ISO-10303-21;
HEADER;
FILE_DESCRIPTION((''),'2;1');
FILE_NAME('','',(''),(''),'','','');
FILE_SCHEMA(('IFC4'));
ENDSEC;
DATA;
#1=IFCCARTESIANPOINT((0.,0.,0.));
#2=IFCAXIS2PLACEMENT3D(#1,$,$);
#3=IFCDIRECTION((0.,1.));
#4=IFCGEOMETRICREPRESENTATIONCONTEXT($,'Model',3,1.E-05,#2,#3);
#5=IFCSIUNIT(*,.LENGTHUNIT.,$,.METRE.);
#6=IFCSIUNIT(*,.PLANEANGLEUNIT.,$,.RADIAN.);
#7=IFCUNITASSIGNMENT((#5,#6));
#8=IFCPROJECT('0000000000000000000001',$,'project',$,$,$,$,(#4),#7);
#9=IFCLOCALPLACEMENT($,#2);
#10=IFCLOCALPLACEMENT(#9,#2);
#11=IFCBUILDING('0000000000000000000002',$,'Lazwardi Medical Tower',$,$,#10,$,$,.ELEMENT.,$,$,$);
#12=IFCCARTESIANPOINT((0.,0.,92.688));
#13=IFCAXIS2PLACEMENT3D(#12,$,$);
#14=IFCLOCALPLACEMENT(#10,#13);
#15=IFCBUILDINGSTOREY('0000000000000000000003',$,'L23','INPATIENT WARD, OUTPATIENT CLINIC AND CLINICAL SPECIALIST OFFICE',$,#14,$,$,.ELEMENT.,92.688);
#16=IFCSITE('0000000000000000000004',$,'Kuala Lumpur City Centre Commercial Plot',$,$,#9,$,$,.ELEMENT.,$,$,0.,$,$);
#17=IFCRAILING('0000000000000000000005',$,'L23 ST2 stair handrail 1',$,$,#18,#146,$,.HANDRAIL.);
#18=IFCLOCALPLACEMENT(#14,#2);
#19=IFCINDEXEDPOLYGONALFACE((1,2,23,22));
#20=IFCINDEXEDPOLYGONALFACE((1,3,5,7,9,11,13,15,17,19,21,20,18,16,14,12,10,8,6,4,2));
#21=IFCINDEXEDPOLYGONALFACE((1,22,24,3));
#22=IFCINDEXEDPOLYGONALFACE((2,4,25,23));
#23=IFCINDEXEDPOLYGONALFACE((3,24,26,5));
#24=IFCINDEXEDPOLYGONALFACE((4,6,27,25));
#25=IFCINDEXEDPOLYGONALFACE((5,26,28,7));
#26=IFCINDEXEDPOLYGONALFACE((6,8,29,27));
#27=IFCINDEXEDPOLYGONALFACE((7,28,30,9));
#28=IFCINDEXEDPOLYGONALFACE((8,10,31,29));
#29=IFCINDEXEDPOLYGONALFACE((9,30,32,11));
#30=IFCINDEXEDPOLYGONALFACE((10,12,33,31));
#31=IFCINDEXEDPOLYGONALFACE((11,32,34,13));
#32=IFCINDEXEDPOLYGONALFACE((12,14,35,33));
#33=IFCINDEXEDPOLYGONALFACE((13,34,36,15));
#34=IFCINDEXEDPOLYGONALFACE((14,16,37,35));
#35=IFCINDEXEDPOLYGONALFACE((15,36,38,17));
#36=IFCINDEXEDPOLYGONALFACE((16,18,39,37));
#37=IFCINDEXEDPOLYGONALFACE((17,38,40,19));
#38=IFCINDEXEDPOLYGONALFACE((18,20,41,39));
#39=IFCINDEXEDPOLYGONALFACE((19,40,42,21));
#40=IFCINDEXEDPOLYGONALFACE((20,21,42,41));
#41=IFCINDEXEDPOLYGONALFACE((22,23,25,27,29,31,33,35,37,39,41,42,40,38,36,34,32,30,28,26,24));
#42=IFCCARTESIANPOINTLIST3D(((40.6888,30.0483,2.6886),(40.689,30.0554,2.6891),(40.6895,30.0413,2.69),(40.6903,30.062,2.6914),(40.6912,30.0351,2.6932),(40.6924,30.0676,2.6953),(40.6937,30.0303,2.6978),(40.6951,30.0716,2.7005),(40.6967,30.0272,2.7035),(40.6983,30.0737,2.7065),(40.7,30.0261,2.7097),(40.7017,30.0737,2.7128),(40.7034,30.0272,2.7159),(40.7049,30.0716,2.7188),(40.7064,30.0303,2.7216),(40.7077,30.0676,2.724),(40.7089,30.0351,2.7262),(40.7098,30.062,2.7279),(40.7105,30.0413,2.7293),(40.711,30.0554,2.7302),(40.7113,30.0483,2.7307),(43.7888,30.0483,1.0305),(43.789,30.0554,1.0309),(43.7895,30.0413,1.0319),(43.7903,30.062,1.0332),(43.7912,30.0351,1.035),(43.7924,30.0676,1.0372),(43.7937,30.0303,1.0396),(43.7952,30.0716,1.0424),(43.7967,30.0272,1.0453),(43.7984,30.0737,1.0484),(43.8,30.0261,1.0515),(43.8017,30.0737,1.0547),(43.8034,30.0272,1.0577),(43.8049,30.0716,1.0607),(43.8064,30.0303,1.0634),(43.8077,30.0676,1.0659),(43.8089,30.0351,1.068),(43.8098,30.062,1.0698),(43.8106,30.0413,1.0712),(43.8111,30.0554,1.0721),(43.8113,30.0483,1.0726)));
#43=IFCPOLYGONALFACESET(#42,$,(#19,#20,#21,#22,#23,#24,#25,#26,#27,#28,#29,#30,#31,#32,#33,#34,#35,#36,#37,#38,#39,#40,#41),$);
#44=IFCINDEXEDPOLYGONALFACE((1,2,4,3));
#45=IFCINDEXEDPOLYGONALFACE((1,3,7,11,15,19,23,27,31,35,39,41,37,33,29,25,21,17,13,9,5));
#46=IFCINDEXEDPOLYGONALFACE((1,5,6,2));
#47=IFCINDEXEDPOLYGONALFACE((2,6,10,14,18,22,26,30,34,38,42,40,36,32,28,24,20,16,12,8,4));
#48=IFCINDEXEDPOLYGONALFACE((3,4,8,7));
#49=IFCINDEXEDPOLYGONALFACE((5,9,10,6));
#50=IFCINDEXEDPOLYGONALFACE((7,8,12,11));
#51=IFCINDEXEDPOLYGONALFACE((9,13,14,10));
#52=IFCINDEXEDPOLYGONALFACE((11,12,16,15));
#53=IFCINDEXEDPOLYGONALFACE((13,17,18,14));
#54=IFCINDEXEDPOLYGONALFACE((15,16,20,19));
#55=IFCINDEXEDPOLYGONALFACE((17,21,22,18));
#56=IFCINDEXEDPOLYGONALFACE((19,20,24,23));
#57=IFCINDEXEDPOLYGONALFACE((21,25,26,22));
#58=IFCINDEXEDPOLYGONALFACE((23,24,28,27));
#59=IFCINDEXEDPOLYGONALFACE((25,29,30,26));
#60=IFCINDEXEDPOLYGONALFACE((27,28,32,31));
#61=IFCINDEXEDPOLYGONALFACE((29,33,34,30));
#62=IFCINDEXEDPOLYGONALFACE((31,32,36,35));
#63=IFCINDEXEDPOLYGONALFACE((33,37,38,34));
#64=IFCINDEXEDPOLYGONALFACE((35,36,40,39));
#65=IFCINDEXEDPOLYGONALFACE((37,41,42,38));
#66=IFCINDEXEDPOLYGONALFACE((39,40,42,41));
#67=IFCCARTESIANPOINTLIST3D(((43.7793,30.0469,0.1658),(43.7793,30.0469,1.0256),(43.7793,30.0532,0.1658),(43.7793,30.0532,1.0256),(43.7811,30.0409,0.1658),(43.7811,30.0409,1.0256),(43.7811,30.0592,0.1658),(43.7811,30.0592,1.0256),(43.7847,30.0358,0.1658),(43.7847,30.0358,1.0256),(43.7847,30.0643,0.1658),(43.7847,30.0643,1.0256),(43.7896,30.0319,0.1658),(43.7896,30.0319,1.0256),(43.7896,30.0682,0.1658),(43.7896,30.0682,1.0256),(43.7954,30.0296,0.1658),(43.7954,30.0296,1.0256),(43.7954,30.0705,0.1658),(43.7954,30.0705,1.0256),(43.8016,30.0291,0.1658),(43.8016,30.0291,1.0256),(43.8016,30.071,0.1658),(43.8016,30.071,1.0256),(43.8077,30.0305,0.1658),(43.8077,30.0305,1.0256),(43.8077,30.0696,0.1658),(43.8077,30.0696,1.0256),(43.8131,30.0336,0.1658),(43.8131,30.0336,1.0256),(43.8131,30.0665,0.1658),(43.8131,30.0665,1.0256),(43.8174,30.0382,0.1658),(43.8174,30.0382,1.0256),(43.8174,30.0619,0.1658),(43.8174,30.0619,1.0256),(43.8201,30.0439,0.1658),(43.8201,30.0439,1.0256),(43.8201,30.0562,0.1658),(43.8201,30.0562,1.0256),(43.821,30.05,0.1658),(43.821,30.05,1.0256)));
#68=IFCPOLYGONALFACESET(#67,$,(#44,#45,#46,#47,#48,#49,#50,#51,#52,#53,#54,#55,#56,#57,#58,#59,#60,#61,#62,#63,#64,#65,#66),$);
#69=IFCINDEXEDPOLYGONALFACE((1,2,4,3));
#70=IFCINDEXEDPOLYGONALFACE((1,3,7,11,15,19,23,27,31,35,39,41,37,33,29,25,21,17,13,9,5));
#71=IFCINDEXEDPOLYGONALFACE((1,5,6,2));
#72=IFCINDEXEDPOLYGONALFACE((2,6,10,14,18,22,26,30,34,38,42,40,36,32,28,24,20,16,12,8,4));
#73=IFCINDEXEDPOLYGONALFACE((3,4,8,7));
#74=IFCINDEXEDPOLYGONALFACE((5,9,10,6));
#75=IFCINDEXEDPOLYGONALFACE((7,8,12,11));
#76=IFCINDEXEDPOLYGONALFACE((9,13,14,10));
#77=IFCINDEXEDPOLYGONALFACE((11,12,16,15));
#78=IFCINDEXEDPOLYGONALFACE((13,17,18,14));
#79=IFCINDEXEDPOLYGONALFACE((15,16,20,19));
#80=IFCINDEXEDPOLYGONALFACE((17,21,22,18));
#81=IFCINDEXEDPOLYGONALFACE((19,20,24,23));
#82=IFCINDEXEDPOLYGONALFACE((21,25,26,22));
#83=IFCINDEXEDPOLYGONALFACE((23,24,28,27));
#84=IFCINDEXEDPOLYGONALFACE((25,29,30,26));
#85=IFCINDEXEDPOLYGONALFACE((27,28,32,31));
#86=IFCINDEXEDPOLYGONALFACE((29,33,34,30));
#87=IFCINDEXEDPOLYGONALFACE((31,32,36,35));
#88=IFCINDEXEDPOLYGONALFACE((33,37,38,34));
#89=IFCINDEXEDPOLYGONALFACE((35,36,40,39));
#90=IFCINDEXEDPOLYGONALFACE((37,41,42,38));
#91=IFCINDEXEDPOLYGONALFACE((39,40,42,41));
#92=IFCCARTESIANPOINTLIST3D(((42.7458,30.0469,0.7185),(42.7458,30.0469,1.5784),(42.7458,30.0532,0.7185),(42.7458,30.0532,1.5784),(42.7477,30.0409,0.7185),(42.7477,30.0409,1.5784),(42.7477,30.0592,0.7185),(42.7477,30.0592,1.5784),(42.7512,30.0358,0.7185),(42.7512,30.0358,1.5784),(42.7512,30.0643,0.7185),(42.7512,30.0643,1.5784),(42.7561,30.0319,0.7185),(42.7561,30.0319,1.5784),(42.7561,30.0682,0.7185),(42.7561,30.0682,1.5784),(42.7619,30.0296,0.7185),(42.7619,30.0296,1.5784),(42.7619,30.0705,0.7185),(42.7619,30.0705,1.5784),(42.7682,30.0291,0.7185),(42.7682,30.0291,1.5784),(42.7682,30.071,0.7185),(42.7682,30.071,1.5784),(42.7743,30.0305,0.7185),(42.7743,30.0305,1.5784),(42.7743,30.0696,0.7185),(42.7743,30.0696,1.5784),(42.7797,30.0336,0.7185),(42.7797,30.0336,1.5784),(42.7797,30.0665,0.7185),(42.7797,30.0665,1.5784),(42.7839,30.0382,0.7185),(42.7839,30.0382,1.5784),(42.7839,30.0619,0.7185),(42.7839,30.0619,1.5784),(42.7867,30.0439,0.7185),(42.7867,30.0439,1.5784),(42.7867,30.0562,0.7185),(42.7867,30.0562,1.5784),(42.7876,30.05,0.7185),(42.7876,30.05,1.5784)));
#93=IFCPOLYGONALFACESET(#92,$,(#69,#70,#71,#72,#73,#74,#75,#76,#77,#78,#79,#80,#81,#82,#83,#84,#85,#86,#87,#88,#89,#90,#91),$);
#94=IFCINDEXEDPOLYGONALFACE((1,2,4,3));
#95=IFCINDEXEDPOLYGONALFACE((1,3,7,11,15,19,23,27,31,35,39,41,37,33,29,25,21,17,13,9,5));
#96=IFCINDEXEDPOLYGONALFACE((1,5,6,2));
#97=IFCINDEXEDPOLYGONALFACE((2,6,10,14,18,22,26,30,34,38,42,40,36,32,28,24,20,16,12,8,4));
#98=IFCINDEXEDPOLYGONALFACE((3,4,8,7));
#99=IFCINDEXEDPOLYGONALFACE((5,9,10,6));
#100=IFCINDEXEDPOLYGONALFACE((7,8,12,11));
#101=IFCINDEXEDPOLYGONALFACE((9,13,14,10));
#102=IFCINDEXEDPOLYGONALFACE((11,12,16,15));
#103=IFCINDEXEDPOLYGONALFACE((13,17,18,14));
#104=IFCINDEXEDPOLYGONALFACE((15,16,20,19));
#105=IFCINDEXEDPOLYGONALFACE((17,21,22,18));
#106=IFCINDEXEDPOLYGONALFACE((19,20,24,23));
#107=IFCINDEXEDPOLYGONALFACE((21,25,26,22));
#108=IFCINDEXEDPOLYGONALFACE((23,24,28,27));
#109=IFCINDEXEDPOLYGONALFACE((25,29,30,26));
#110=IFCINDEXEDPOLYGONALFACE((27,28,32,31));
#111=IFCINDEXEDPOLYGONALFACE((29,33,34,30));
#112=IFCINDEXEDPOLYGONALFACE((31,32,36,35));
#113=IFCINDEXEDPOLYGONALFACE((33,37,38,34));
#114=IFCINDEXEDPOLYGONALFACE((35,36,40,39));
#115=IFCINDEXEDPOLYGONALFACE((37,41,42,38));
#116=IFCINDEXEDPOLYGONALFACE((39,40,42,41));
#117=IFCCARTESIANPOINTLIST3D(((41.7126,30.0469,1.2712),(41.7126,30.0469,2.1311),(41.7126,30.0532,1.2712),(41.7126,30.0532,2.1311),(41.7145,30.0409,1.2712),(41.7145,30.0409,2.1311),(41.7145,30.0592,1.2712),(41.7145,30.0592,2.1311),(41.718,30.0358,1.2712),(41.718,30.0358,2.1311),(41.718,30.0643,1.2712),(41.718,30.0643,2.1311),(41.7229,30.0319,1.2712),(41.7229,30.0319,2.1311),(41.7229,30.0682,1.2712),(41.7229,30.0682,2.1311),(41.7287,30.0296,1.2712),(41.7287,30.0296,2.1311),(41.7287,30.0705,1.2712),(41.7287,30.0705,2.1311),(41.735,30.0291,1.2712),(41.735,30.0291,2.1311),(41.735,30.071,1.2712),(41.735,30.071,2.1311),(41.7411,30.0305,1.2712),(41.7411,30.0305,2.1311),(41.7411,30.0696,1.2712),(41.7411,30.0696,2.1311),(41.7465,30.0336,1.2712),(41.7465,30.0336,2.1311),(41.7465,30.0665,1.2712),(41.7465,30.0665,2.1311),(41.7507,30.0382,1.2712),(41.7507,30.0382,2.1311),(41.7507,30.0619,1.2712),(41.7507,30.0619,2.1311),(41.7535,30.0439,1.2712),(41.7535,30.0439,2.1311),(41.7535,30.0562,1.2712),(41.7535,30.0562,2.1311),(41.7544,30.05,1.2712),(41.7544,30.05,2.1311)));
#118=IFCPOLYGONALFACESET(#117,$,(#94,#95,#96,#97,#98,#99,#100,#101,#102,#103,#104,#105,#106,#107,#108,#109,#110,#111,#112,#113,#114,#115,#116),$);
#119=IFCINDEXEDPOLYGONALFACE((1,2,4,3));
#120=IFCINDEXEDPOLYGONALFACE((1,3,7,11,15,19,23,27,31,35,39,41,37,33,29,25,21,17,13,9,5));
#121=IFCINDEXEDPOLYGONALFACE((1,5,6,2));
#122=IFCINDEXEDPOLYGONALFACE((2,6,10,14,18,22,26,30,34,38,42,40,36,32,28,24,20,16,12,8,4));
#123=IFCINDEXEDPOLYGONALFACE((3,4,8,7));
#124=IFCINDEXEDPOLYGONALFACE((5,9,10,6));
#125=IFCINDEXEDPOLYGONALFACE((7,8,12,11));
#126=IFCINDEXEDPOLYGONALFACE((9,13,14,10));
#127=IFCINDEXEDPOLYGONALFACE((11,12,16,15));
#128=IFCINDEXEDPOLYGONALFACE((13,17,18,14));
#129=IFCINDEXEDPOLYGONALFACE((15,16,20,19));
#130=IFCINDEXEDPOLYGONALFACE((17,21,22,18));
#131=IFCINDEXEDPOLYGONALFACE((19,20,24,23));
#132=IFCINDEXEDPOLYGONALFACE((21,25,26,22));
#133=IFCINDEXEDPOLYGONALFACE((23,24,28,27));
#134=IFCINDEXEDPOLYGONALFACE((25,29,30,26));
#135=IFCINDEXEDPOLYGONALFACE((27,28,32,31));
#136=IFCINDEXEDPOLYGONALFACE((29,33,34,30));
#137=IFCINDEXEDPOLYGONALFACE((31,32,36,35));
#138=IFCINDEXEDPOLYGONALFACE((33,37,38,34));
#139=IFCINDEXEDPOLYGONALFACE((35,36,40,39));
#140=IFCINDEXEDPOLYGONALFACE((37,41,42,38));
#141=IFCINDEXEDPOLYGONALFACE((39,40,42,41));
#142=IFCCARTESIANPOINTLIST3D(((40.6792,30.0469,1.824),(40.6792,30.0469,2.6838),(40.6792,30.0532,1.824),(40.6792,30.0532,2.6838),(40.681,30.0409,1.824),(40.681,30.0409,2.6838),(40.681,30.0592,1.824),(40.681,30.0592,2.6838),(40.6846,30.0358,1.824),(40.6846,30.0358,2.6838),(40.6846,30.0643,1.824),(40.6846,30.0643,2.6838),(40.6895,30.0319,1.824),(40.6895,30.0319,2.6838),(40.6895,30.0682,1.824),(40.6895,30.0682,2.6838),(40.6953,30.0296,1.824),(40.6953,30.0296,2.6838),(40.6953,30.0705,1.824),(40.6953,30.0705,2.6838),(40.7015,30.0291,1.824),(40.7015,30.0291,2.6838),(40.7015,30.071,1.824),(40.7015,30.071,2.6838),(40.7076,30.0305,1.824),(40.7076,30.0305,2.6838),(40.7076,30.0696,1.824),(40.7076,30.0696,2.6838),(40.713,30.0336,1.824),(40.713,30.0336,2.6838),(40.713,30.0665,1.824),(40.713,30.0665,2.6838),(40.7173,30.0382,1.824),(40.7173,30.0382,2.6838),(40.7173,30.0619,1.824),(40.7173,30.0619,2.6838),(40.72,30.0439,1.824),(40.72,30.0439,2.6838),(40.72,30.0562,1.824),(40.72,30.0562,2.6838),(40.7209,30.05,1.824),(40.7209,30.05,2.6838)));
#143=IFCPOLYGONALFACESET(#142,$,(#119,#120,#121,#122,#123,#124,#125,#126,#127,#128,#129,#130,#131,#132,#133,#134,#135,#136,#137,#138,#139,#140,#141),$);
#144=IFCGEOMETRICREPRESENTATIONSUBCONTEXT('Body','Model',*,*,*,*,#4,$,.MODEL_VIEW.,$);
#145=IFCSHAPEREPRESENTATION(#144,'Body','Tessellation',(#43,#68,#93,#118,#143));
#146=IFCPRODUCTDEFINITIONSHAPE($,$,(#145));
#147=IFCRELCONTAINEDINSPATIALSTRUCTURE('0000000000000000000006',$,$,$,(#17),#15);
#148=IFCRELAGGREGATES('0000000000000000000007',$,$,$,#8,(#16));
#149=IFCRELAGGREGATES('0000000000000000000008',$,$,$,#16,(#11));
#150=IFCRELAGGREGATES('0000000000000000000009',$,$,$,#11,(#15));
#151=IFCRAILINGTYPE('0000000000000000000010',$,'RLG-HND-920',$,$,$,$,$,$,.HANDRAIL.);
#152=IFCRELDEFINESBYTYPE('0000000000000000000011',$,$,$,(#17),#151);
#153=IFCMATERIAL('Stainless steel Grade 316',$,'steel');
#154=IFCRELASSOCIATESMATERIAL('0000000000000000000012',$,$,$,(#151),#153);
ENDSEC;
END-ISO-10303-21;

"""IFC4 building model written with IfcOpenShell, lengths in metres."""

from ifc_helpers import new_model, si_unit, direction, frame, origin, origin_2d, place, context, subcontext, project, spatial, circle, extrude, material, type_object, element, save


model = new_model("IFC4")

# Units and contexts
model_context = context("Model", 3, precision=1e-05, world=origin(), true_north=direction((0.0, 1.0)))
body_context = subcontext(model_context, "Body", "Model", "MODEL_VIEW")
ifc_project = project(units=[si_unit("LENGTHUNIT", "METRE"), si_unit("PLANEANGLEUNIT", "RADIAN")], contexts=[model_context])

# Site, building, storey
site_placement = place(None, origin())
site = spatial("IfcSite", under=ifc_project, at=site_placement, Name="Kuala Lumpur City Centre Commercial Plot", CompositionType="ELEMENT", RefElevation=0.0)
building_placement = place(site_placement, origin())
building = spatial("IfcBuilding", under=site, at=building_placement, Name="Lazwardi Medical Tower", CompositionType="ELEMENT")
storey_placement = place(building_placement, frame((0.0, 0.0, 92.688)))
storey = spatial("IfcBuildingStorey", under=building, at=storey_placement, Name="L23", Description="INPATIENT WARD, OUTPATIENT CLINIC AND CLINICAL SPECIALIST OFFICE", CompositionType="ELEMENT", Elevation=92.688)

# Railing
ifc_material_1 = material(Name="Stainless steel Grade 316", Category="steel")
railing_type_1 = type_object("IfcRailingType", Name="RLG-HND-920", PredefinedType="HANDRAIL", material=ifc_material_1)
railing_1_placement = place(storey_placement, frame((43.8, 30.05, 0.1658)))
element("IfcRailing", 1, at=railing_1_placement, inside=storey, type_object=railing_type_1, Name="L23 ST2 stair handrail 1", PredefinedType="HANDRAIL", context=body_context, shape_type="SweptSolid", body=[
    extrude(circle(Radius=0.0239, at=origin_2d()), frame((0.0, 0.0, 0.8857), z_axis=(-0.881783, 0.0, 0.471655), x_axis=(0.0, -1.0, 0.0)), (0.0, 0.0, 1.0), 3.5156),
    extrude(circle(Radius=0.021, at=origin_2d()), origin(), (0.0, 0.0, 1.0), 0.8599),
    extrude(circle(Radius=0.021, at=origin_2d()), frame((-1.0334, 0.0, 0.5527)), (0.0, 0.0, 1.0), 0.8599),
    extrude(circle(Radius=0.021, at=origin_2d()), frame((-2.0667, 0.0, 1.1055)), (0.0, 0.0, 1.0), 0.8599),
    extrude(circle(Radius=0.021, at=origin_2d()), frame((-3.1001, 0.0, 1.6582)), (0.0, 0.0, 1.0), 0.8599),
])

save(model, "model.ifc")
